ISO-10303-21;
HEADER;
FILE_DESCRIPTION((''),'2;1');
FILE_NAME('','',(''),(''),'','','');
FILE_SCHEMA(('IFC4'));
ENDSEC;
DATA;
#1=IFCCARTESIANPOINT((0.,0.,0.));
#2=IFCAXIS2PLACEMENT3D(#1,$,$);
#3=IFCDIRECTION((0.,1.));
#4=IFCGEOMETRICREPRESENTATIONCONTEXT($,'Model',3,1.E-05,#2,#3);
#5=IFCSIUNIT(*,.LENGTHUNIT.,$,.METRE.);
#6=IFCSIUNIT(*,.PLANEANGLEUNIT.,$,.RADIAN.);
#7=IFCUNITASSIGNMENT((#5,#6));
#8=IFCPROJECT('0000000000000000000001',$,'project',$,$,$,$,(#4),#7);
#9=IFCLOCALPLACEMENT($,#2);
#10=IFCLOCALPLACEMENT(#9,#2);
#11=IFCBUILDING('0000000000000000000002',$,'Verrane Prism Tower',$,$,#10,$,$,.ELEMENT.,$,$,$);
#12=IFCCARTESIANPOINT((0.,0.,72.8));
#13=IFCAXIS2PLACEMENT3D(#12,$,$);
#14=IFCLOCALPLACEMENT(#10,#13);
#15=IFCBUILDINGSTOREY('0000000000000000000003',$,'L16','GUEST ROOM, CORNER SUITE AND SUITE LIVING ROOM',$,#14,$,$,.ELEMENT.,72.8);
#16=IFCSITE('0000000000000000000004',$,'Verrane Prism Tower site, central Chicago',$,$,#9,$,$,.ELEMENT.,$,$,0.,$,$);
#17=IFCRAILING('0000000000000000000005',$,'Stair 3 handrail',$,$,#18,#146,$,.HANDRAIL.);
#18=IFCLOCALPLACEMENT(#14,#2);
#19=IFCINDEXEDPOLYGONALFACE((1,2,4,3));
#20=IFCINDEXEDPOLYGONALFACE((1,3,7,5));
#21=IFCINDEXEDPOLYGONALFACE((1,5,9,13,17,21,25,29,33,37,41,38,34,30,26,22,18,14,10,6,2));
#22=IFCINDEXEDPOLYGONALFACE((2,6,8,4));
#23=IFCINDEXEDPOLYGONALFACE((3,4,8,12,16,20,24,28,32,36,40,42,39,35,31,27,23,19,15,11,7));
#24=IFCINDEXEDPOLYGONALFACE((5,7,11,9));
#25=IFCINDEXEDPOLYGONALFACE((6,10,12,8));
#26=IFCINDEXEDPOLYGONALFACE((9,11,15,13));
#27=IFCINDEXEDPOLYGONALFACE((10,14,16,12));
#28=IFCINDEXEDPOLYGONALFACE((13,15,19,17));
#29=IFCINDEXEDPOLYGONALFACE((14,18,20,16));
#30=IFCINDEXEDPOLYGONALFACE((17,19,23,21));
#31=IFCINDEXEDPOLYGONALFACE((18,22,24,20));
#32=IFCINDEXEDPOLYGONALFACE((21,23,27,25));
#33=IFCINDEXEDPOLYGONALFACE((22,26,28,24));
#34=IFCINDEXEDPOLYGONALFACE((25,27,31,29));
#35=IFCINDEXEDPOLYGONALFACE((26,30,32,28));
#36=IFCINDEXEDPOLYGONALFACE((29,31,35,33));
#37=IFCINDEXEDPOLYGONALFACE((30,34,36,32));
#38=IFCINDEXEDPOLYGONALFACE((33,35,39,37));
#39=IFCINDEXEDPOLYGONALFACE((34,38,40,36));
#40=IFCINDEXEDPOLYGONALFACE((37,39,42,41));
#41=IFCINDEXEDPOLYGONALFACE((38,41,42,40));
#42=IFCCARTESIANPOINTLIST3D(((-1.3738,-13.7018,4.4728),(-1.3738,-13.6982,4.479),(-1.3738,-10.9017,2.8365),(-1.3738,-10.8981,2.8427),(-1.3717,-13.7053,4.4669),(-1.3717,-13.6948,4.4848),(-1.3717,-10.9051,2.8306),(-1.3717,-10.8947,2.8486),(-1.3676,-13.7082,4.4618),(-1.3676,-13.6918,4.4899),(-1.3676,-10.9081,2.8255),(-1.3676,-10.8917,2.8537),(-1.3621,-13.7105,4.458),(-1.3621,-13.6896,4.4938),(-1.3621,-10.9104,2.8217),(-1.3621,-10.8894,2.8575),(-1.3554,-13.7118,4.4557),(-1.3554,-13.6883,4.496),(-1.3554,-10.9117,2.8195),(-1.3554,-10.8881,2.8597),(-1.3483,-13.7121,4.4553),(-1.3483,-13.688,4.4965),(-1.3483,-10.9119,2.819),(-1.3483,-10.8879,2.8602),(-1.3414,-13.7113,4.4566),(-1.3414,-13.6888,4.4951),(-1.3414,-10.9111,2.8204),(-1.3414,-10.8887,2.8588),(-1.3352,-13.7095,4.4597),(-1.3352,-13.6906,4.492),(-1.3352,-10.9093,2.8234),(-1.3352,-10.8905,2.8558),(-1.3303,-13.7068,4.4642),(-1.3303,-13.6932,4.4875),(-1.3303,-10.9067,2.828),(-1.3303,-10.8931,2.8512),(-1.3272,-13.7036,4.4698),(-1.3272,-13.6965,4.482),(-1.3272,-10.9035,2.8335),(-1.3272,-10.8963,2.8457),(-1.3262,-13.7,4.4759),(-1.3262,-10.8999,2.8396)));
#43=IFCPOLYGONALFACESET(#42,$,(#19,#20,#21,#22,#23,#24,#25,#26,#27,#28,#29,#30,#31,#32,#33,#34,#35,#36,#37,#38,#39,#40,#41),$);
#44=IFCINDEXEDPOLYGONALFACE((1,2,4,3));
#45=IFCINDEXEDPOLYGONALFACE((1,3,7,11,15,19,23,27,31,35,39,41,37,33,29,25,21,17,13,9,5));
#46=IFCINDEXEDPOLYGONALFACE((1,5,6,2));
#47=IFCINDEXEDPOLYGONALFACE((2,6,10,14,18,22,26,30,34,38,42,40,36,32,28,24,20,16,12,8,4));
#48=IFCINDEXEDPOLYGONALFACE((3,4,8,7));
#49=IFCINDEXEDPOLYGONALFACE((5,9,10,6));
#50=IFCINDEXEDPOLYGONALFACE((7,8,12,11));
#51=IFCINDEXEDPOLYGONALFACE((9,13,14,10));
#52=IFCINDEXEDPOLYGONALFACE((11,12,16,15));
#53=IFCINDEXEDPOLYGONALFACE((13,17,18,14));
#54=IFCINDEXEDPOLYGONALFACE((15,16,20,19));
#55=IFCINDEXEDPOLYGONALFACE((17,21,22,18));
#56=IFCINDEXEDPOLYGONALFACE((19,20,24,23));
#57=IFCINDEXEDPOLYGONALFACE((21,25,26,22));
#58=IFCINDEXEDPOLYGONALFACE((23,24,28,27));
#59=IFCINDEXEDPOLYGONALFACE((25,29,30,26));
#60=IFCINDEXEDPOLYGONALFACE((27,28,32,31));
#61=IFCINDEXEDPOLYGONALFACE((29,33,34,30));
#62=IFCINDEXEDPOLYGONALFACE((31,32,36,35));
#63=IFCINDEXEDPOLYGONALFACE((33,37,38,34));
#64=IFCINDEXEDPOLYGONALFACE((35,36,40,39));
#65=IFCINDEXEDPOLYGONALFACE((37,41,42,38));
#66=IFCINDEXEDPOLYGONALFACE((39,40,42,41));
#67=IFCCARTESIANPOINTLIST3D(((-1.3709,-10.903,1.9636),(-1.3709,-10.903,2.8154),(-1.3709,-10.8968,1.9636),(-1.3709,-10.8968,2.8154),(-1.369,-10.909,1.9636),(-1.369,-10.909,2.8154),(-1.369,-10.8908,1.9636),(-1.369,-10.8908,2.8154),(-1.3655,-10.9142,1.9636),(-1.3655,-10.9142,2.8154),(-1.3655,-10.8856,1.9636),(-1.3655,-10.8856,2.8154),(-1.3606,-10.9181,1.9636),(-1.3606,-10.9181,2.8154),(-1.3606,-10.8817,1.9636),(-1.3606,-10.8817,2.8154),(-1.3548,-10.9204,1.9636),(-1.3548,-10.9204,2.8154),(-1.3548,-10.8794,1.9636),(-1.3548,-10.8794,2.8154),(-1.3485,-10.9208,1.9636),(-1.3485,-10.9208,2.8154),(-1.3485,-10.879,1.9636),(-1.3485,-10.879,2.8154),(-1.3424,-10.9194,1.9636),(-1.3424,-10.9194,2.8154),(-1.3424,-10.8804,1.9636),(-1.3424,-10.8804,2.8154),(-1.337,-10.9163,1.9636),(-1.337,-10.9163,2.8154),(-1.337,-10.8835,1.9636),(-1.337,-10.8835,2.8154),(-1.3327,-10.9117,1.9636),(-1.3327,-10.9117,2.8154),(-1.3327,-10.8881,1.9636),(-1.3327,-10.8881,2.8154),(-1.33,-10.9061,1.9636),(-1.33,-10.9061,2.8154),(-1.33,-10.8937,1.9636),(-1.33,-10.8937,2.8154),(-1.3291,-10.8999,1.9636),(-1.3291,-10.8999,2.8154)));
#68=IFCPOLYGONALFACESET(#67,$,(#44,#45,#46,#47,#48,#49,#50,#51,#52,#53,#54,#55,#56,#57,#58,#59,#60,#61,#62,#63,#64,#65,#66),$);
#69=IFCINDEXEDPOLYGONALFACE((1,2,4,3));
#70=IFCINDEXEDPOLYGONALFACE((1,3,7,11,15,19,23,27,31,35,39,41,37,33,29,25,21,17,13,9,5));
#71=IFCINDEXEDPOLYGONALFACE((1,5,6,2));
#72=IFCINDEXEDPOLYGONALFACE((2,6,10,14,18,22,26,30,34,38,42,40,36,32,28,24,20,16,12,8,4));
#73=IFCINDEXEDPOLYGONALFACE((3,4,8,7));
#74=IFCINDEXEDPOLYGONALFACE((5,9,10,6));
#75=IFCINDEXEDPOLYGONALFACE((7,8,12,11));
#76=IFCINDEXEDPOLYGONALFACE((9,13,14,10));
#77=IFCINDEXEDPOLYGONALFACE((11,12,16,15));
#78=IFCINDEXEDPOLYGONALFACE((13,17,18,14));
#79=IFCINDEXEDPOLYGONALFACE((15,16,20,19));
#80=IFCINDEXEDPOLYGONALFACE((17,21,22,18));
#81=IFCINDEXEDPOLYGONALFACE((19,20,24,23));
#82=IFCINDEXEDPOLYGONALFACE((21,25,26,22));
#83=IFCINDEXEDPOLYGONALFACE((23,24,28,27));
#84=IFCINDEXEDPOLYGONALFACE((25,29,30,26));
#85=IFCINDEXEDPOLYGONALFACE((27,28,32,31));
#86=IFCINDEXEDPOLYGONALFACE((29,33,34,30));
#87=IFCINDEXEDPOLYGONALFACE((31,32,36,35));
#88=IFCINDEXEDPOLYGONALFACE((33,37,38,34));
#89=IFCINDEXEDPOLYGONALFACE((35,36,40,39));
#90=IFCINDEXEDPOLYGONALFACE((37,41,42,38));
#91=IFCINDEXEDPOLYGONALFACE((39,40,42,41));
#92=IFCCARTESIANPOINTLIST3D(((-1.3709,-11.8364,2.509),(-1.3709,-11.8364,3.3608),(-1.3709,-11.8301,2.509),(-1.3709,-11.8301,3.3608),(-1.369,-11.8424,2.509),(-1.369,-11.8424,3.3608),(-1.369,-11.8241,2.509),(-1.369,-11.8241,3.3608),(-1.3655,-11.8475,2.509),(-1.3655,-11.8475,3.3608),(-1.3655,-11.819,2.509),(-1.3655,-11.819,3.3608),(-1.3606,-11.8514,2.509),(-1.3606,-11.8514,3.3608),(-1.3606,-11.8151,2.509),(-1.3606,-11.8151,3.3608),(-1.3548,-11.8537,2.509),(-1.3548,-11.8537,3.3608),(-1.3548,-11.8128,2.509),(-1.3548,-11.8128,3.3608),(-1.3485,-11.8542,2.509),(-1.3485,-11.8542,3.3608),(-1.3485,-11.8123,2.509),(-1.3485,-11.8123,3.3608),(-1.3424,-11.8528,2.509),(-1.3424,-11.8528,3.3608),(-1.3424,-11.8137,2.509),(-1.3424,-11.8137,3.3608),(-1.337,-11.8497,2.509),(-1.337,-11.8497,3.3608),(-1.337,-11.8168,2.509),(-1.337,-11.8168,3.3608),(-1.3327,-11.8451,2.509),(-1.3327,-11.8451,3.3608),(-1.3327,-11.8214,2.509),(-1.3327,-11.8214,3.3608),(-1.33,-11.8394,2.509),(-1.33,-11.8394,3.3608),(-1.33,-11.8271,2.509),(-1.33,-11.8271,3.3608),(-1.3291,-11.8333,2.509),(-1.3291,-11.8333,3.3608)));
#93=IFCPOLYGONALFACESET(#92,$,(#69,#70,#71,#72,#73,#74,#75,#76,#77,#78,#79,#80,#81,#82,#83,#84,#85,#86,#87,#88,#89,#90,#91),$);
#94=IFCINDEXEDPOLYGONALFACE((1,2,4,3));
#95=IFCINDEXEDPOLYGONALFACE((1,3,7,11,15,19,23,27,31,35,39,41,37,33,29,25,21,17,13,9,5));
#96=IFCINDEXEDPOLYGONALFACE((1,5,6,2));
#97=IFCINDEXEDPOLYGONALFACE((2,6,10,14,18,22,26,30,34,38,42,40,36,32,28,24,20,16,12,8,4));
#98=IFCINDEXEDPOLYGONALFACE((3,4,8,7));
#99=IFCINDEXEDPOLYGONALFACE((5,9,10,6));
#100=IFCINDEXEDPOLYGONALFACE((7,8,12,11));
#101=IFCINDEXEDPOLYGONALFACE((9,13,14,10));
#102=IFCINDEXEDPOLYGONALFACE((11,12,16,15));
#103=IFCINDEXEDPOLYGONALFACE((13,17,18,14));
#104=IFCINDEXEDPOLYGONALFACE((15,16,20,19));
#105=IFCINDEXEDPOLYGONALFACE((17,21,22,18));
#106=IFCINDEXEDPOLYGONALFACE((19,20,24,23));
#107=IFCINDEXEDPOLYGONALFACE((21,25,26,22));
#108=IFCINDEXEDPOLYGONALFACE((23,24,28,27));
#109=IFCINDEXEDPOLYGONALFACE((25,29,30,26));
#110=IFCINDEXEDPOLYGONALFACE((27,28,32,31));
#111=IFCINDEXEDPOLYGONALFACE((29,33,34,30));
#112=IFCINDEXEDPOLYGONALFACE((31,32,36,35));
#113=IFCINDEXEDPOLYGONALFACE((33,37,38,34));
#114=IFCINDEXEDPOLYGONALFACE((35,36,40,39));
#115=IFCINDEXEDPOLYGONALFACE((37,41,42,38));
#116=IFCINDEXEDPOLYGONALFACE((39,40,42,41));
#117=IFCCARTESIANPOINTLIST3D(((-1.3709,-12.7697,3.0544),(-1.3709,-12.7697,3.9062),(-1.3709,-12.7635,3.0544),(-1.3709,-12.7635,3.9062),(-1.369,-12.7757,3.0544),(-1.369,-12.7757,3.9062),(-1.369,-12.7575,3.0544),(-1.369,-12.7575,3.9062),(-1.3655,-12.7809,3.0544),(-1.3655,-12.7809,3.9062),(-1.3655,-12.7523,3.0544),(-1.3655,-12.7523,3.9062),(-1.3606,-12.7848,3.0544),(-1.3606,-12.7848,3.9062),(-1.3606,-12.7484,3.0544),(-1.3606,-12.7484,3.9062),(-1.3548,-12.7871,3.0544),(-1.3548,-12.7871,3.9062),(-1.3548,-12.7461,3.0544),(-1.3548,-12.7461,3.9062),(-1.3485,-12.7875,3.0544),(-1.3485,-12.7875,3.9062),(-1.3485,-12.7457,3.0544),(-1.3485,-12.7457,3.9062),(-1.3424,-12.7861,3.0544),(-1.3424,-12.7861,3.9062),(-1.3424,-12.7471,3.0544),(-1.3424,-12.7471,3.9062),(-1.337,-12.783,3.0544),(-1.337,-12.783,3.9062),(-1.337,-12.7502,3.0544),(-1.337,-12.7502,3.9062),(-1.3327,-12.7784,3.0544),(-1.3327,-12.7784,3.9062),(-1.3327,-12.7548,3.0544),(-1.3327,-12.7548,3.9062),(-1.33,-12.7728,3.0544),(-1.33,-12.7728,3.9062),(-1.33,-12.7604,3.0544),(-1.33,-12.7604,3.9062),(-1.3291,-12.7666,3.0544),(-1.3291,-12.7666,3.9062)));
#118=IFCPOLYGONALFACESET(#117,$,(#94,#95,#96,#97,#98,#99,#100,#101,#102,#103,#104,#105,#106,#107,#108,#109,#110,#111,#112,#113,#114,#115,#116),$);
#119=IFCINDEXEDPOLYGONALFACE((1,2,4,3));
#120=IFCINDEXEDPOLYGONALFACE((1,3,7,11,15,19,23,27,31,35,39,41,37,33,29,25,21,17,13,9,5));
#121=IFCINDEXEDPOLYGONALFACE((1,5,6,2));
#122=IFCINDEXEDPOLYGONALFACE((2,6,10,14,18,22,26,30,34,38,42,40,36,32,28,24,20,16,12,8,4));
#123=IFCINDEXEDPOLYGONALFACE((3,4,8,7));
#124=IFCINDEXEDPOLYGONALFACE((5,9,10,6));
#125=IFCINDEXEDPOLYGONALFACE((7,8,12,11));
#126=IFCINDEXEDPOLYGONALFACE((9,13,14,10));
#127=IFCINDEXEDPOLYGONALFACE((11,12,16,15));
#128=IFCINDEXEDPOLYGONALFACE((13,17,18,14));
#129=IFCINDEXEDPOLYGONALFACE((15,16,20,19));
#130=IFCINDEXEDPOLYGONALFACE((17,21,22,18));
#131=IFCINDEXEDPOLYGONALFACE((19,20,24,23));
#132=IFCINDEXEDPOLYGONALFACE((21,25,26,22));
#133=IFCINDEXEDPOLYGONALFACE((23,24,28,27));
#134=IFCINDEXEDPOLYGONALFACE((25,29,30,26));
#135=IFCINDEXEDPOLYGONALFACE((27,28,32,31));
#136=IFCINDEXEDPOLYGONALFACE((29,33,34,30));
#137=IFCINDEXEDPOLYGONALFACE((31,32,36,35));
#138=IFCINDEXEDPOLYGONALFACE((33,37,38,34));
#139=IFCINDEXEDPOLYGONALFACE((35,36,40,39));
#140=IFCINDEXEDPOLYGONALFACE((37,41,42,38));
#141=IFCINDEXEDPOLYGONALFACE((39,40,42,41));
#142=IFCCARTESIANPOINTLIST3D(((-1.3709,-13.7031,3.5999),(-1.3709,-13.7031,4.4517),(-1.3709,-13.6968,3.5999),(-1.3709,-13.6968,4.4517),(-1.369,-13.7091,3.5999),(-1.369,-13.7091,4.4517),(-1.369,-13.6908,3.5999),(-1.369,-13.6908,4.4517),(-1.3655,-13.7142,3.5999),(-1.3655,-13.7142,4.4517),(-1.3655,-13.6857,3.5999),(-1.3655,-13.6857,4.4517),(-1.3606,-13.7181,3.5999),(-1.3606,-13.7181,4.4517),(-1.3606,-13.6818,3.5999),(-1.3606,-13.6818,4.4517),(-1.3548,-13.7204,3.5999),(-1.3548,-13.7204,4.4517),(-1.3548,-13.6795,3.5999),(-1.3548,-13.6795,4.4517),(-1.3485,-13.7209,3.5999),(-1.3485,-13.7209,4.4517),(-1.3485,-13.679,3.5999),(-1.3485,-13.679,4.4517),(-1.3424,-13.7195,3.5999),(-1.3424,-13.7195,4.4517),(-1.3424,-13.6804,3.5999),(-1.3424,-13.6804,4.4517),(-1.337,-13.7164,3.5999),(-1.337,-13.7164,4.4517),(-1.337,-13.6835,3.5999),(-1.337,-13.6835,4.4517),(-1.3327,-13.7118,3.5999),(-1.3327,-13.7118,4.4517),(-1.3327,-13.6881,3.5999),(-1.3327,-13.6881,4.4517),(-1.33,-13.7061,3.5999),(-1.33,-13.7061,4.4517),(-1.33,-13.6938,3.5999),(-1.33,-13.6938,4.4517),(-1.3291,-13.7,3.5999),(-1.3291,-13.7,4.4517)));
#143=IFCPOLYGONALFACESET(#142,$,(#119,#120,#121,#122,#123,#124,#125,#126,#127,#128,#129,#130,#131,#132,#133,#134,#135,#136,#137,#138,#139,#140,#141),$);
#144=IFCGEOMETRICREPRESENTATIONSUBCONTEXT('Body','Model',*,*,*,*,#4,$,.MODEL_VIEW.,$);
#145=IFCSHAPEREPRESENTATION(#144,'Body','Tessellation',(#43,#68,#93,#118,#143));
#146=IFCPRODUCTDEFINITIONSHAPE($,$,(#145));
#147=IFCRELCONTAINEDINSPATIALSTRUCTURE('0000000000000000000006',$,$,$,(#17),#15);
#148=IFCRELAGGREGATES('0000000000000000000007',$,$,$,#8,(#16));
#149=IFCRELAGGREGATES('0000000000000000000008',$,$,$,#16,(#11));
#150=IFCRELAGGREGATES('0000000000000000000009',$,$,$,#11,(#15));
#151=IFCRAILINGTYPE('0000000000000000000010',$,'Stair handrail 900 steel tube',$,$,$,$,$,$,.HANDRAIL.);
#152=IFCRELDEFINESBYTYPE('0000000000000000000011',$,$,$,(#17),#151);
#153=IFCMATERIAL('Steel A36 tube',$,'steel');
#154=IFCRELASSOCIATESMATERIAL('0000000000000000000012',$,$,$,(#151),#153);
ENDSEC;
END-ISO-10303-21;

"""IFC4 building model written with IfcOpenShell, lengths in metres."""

from ifc_helpers import new_model, si_unit, direction, frame, origin, origin_2d, place, context, subcontext, project, spatial, circle, extrude, material, type_object, element, save


model = new_model("IFC4")

# Units and contexts
model_context = context("Model", 3, precision=1e-05, world=origin(), true_north=direction((0.0, 1.0)))
body_context = subcontext(model_context, "Body", "Model", "MODEL_VIEW")
ifc_project = project(units=[si_unit("LENGTHUNIT", "METRE"), si_unit("PLANEANGLEUNIT", "RADIAN")], contexts=[model_context])

# Site, building, storey
site_placement = place(None, origin())
site = spatial("IfcSite", under=ifc_project, at=site_placement, Name="Verrane Prism Tower site, central Chicago", CompositionType="ELEMENT", RefElevation=0.0)
building_placement = place(site_placement, origin())
building = spatial("IfcBuilding", under=site, at=building_placement, Name="Verrane Prism Tower", CompositionType="ELEMENT")
storey_placement = place(building_placement, frame((0.0, 0.0, 72.8)))
storey = spatial("IfcBuildingStorey", under=building, at=storey_placement, Name="L16", Description="GUEST ROOM, CORNER SUITE AND SUITE LIVING ROOM", CompositionType="ELEMENT", Elevation=72.8)

# Railing
ifc_material_1 = material(Name="Steel A36 tube", Category="steel")
railing_type = type_object("IfcRailingType", Name="Stair handrail 900 steel tube", PredefinedType="HANDRAIL", material=ifc_material_1)
railing_placement = place(storey_placement, frame((-1.3501, -10.8999, 1.9636)))
element("IfcRailing", 1, at=railing_placement, inside=storey, type_object=railing_type, Name="Stair 3 handrail", PredefinedType="HANDRAIL", context=body_context, shape_type="SweptSolid", body=[
    extrude(circle(Radius=0.0239, at=origin_2d()), frame((0.0, 0.0, 0.876), z_axis=(0.0, -0.863394, 0.504531), x_axis=(1.0, 0.0, 0.0)), (0.0, 0.0, 1.0), 3.2432),
    extrude(circle(Radius=0.021, at=origin_2d()), origin(), (0.0, 0.0, 1.0), 0.8518),
    extrude(circle(Radius=0.021, at=origin_2d()), frame((0.0, -0.9333, 0.5454)), (0.0, 0.0, 1.0), 0.8518),
    extrude(circle(Radius=0.021, at=origin_2d()), frame((0.0, -1.8667, 1.0908)), (0.0, 0.0, 1.0), 0.8518),
    extrude(circle(Radius=0.021, at=origin_2d()), frame((0.0, -2.8, 1.6362)), (0.0, 0.0, 1.0), 0.8518),
])

save(model, "model.ifc")
